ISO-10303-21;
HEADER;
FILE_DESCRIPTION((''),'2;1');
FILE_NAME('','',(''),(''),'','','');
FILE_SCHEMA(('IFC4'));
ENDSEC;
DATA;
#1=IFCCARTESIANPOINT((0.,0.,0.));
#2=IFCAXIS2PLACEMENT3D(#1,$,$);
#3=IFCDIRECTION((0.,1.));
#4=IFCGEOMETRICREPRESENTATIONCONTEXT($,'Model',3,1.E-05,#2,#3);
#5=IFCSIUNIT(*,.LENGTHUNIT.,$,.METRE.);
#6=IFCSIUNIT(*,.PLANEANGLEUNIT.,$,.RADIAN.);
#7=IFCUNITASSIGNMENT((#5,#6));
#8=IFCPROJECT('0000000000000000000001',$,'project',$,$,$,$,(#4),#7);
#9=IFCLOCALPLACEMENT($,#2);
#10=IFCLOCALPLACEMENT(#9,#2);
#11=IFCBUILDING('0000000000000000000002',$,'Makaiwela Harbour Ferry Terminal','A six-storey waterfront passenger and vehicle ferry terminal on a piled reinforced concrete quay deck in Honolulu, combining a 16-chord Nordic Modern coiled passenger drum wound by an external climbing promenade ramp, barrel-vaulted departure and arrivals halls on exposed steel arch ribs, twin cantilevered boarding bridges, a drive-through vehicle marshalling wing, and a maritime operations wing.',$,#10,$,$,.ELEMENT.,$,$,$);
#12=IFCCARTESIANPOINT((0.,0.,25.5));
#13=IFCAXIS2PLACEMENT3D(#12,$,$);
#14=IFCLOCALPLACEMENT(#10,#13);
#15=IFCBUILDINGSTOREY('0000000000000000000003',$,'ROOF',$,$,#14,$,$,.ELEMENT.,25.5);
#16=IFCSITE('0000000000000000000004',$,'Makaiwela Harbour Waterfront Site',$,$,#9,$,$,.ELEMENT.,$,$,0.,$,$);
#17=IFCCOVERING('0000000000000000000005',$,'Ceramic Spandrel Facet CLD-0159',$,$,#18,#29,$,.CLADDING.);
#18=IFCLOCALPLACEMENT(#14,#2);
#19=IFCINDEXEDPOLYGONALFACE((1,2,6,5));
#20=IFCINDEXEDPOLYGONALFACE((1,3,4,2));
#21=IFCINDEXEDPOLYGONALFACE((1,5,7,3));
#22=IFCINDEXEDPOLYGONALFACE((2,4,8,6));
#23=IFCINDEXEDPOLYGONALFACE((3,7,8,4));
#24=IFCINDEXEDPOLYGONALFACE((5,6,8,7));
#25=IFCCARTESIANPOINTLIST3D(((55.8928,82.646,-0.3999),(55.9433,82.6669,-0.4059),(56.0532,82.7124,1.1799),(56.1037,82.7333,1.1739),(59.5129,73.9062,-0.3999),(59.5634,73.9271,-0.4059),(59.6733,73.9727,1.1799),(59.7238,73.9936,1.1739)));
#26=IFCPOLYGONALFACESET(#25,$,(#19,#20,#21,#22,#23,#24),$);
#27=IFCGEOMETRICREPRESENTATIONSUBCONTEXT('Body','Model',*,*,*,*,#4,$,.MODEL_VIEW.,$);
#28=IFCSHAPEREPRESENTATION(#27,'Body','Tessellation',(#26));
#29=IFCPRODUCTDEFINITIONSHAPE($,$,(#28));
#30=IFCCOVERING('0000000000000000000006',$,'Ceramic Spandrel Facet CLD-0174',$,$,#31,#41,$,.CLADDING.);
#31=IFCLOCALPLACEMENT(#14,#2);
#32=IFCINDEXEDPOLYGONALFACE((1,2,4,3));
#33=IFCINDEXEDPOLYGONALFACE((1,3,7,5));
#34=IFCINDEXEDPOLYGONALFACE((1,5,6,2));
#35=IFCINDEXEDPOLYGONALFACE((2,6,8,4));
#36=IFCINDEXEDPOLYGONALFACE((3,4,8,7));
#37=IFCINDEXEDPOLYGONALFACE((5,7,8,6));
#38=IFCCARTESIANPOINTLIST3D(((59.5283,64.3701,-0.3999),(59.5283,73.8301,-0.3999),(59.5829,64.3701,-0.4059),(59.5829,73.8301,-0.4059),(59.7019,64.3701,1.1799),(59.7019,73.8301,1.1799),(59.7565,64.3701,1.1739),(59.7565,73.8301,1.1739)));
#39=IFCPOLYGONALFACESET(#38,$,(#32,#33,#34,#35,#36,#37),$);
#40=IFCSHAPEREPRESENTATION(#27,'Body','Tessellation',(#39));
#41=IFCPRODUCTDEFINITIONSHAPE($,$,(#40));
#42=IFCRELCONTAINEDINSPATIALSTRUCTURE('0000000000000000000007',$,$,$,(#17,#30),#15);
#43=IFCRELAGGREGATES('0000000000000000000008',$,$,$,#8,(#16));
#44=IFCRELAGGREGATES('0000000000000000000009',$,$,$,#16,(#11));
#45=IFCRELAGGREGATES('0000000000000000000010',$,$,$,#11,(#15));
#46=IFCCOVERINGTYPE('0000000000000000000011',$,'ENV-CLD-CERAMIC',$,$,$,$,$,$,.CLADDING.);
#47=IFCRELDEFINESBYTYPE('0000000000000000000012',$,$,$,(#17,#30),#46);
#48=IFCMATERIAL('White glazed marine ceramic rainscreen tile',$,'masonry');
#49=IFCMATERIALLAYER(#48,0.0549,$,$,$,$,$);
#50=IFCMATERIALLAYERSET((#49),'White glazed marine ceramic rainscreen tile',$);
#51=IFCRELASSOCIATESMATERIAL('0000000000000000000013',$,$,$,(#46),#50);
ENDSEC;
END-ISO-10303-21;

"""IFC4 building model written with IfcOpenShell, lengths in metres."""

from ifc_helpers import new_model, si_unit, direction, frame, origin, place, context, subcontext, project, spatial, polyline, outline, extrude, material, layer, layer_set, type_object, element, save


model = new_model("IFC4")

# Units and contexts
model_context = context("Model", 3, precision=1e-05, world=origin(), true_north=direction((0.0, 1.0)))
body_context = subcontext(model_context, "Body", "Model", "MODEL_VIEW")
ifc_project = project(units=[si_unit("LENGTHUNIT", "METRE"), si_unit("PLANEANGLEUNIT", "RADIAN")], contexts=[model_context])

# Site, building, storey
site_placement = place(None, origin())
site = spatial("IfcSite", under=ifc_project, at=site_placement, Name="Makaiwela Harbour Waterfront Site", CompositionType="ELEMENT", RefElevation=0.0)
building_placement = place(site_placement, origin())
building = spatial("IfcBuilding", under=site, at=building_placement, Name="Makaiwela Harbour Ferry Terminal", Description="A six-storey waterfront passenger and vehicle ferry terminal on a piled reinforced concrete quay deck in Honolulu, combining a 16-chord Nordic Modern coiled passenger drum wound by an external climbing promenade ramp, barrel-vaulted departure and arrivals halls on exposed steel arch ribs, twin cantilevered boarding bridges, a drive-through vehicle marshalling wing, and a maritime operations wing.", CompositionType="ELEMENT")
storey_placement = place(building_placement, frame((0.0, 0.0, 25.5)))
storey = spatial("IfcBuildingStorey", under=building, at=storey_placement, Name="ROOF", CompositionType="ELEMENT", Elevation=25.5)

# Coverings
ifc_material_1 = material(Name="White glazed marine ceramic rainscreen tile", Category="masonry")
ifc_layer_1 = layer(ifc_material_1, 0.0549)
ifc_layer_set_1 = layer_set([ifc_layer_1], Name="White glazed marine ceramic rainscreen tile")
covering_type_1 = type_object("IfcCoveringType", Name="ENV-CLD-CERAMIC", PredefinedType="CLADDING", material=ifc_layer_set_1)
covering_1_placement = place(storey_placement, frame((59.5129, 73.9062, -0.3999), z_axis=(-0.918352, -0.380393, 0.109229), x_axis=(-0.382683, 0.92388, 0.0)))
element("IfcCovering", 1, at=covering_1_placement, inside=storey, type_object=covering_type_1, Name="Ceramic Spandrel Facet CLD-0159", PredefinedType="CLADDING", context=body_context, shape_type="SweptSolid", body=[
    extrude(outline(polyline([(0.0, 0.0), (9.4598, 0.0), (9.4598, -1.5893), (0.0, -1.5893), (0.0, 0.0)])), origin(), (0.0, 0.0, -1.0), 0.0549),
])
covering_2_placement = place(storey_placement, frame((59.5283, 64.3701, -0.3999), z_axis=(-0.994018, 0.0, 0.109218), x_axis=(0.0, 1.0, 0.0)))
element("IfcCovering", 2, at=covering_2_placement, inside=storey, type_object=covering_type_1, Name="Ceramic Spandrel Facet CLD-0174", PredefinedType="CLADDING", context=body_context, shape_type="SweptSolid", body=[
    extrude(outline(polyline([(0.0, 0.0), (9.46, 0.0), (9.46, -1.5893), (0.0, -1.5893), (0.0, 0.0)])), origin(), (0.0, 0.0, -1.0), 0.0549),
])

save(model, "model.ifc")
